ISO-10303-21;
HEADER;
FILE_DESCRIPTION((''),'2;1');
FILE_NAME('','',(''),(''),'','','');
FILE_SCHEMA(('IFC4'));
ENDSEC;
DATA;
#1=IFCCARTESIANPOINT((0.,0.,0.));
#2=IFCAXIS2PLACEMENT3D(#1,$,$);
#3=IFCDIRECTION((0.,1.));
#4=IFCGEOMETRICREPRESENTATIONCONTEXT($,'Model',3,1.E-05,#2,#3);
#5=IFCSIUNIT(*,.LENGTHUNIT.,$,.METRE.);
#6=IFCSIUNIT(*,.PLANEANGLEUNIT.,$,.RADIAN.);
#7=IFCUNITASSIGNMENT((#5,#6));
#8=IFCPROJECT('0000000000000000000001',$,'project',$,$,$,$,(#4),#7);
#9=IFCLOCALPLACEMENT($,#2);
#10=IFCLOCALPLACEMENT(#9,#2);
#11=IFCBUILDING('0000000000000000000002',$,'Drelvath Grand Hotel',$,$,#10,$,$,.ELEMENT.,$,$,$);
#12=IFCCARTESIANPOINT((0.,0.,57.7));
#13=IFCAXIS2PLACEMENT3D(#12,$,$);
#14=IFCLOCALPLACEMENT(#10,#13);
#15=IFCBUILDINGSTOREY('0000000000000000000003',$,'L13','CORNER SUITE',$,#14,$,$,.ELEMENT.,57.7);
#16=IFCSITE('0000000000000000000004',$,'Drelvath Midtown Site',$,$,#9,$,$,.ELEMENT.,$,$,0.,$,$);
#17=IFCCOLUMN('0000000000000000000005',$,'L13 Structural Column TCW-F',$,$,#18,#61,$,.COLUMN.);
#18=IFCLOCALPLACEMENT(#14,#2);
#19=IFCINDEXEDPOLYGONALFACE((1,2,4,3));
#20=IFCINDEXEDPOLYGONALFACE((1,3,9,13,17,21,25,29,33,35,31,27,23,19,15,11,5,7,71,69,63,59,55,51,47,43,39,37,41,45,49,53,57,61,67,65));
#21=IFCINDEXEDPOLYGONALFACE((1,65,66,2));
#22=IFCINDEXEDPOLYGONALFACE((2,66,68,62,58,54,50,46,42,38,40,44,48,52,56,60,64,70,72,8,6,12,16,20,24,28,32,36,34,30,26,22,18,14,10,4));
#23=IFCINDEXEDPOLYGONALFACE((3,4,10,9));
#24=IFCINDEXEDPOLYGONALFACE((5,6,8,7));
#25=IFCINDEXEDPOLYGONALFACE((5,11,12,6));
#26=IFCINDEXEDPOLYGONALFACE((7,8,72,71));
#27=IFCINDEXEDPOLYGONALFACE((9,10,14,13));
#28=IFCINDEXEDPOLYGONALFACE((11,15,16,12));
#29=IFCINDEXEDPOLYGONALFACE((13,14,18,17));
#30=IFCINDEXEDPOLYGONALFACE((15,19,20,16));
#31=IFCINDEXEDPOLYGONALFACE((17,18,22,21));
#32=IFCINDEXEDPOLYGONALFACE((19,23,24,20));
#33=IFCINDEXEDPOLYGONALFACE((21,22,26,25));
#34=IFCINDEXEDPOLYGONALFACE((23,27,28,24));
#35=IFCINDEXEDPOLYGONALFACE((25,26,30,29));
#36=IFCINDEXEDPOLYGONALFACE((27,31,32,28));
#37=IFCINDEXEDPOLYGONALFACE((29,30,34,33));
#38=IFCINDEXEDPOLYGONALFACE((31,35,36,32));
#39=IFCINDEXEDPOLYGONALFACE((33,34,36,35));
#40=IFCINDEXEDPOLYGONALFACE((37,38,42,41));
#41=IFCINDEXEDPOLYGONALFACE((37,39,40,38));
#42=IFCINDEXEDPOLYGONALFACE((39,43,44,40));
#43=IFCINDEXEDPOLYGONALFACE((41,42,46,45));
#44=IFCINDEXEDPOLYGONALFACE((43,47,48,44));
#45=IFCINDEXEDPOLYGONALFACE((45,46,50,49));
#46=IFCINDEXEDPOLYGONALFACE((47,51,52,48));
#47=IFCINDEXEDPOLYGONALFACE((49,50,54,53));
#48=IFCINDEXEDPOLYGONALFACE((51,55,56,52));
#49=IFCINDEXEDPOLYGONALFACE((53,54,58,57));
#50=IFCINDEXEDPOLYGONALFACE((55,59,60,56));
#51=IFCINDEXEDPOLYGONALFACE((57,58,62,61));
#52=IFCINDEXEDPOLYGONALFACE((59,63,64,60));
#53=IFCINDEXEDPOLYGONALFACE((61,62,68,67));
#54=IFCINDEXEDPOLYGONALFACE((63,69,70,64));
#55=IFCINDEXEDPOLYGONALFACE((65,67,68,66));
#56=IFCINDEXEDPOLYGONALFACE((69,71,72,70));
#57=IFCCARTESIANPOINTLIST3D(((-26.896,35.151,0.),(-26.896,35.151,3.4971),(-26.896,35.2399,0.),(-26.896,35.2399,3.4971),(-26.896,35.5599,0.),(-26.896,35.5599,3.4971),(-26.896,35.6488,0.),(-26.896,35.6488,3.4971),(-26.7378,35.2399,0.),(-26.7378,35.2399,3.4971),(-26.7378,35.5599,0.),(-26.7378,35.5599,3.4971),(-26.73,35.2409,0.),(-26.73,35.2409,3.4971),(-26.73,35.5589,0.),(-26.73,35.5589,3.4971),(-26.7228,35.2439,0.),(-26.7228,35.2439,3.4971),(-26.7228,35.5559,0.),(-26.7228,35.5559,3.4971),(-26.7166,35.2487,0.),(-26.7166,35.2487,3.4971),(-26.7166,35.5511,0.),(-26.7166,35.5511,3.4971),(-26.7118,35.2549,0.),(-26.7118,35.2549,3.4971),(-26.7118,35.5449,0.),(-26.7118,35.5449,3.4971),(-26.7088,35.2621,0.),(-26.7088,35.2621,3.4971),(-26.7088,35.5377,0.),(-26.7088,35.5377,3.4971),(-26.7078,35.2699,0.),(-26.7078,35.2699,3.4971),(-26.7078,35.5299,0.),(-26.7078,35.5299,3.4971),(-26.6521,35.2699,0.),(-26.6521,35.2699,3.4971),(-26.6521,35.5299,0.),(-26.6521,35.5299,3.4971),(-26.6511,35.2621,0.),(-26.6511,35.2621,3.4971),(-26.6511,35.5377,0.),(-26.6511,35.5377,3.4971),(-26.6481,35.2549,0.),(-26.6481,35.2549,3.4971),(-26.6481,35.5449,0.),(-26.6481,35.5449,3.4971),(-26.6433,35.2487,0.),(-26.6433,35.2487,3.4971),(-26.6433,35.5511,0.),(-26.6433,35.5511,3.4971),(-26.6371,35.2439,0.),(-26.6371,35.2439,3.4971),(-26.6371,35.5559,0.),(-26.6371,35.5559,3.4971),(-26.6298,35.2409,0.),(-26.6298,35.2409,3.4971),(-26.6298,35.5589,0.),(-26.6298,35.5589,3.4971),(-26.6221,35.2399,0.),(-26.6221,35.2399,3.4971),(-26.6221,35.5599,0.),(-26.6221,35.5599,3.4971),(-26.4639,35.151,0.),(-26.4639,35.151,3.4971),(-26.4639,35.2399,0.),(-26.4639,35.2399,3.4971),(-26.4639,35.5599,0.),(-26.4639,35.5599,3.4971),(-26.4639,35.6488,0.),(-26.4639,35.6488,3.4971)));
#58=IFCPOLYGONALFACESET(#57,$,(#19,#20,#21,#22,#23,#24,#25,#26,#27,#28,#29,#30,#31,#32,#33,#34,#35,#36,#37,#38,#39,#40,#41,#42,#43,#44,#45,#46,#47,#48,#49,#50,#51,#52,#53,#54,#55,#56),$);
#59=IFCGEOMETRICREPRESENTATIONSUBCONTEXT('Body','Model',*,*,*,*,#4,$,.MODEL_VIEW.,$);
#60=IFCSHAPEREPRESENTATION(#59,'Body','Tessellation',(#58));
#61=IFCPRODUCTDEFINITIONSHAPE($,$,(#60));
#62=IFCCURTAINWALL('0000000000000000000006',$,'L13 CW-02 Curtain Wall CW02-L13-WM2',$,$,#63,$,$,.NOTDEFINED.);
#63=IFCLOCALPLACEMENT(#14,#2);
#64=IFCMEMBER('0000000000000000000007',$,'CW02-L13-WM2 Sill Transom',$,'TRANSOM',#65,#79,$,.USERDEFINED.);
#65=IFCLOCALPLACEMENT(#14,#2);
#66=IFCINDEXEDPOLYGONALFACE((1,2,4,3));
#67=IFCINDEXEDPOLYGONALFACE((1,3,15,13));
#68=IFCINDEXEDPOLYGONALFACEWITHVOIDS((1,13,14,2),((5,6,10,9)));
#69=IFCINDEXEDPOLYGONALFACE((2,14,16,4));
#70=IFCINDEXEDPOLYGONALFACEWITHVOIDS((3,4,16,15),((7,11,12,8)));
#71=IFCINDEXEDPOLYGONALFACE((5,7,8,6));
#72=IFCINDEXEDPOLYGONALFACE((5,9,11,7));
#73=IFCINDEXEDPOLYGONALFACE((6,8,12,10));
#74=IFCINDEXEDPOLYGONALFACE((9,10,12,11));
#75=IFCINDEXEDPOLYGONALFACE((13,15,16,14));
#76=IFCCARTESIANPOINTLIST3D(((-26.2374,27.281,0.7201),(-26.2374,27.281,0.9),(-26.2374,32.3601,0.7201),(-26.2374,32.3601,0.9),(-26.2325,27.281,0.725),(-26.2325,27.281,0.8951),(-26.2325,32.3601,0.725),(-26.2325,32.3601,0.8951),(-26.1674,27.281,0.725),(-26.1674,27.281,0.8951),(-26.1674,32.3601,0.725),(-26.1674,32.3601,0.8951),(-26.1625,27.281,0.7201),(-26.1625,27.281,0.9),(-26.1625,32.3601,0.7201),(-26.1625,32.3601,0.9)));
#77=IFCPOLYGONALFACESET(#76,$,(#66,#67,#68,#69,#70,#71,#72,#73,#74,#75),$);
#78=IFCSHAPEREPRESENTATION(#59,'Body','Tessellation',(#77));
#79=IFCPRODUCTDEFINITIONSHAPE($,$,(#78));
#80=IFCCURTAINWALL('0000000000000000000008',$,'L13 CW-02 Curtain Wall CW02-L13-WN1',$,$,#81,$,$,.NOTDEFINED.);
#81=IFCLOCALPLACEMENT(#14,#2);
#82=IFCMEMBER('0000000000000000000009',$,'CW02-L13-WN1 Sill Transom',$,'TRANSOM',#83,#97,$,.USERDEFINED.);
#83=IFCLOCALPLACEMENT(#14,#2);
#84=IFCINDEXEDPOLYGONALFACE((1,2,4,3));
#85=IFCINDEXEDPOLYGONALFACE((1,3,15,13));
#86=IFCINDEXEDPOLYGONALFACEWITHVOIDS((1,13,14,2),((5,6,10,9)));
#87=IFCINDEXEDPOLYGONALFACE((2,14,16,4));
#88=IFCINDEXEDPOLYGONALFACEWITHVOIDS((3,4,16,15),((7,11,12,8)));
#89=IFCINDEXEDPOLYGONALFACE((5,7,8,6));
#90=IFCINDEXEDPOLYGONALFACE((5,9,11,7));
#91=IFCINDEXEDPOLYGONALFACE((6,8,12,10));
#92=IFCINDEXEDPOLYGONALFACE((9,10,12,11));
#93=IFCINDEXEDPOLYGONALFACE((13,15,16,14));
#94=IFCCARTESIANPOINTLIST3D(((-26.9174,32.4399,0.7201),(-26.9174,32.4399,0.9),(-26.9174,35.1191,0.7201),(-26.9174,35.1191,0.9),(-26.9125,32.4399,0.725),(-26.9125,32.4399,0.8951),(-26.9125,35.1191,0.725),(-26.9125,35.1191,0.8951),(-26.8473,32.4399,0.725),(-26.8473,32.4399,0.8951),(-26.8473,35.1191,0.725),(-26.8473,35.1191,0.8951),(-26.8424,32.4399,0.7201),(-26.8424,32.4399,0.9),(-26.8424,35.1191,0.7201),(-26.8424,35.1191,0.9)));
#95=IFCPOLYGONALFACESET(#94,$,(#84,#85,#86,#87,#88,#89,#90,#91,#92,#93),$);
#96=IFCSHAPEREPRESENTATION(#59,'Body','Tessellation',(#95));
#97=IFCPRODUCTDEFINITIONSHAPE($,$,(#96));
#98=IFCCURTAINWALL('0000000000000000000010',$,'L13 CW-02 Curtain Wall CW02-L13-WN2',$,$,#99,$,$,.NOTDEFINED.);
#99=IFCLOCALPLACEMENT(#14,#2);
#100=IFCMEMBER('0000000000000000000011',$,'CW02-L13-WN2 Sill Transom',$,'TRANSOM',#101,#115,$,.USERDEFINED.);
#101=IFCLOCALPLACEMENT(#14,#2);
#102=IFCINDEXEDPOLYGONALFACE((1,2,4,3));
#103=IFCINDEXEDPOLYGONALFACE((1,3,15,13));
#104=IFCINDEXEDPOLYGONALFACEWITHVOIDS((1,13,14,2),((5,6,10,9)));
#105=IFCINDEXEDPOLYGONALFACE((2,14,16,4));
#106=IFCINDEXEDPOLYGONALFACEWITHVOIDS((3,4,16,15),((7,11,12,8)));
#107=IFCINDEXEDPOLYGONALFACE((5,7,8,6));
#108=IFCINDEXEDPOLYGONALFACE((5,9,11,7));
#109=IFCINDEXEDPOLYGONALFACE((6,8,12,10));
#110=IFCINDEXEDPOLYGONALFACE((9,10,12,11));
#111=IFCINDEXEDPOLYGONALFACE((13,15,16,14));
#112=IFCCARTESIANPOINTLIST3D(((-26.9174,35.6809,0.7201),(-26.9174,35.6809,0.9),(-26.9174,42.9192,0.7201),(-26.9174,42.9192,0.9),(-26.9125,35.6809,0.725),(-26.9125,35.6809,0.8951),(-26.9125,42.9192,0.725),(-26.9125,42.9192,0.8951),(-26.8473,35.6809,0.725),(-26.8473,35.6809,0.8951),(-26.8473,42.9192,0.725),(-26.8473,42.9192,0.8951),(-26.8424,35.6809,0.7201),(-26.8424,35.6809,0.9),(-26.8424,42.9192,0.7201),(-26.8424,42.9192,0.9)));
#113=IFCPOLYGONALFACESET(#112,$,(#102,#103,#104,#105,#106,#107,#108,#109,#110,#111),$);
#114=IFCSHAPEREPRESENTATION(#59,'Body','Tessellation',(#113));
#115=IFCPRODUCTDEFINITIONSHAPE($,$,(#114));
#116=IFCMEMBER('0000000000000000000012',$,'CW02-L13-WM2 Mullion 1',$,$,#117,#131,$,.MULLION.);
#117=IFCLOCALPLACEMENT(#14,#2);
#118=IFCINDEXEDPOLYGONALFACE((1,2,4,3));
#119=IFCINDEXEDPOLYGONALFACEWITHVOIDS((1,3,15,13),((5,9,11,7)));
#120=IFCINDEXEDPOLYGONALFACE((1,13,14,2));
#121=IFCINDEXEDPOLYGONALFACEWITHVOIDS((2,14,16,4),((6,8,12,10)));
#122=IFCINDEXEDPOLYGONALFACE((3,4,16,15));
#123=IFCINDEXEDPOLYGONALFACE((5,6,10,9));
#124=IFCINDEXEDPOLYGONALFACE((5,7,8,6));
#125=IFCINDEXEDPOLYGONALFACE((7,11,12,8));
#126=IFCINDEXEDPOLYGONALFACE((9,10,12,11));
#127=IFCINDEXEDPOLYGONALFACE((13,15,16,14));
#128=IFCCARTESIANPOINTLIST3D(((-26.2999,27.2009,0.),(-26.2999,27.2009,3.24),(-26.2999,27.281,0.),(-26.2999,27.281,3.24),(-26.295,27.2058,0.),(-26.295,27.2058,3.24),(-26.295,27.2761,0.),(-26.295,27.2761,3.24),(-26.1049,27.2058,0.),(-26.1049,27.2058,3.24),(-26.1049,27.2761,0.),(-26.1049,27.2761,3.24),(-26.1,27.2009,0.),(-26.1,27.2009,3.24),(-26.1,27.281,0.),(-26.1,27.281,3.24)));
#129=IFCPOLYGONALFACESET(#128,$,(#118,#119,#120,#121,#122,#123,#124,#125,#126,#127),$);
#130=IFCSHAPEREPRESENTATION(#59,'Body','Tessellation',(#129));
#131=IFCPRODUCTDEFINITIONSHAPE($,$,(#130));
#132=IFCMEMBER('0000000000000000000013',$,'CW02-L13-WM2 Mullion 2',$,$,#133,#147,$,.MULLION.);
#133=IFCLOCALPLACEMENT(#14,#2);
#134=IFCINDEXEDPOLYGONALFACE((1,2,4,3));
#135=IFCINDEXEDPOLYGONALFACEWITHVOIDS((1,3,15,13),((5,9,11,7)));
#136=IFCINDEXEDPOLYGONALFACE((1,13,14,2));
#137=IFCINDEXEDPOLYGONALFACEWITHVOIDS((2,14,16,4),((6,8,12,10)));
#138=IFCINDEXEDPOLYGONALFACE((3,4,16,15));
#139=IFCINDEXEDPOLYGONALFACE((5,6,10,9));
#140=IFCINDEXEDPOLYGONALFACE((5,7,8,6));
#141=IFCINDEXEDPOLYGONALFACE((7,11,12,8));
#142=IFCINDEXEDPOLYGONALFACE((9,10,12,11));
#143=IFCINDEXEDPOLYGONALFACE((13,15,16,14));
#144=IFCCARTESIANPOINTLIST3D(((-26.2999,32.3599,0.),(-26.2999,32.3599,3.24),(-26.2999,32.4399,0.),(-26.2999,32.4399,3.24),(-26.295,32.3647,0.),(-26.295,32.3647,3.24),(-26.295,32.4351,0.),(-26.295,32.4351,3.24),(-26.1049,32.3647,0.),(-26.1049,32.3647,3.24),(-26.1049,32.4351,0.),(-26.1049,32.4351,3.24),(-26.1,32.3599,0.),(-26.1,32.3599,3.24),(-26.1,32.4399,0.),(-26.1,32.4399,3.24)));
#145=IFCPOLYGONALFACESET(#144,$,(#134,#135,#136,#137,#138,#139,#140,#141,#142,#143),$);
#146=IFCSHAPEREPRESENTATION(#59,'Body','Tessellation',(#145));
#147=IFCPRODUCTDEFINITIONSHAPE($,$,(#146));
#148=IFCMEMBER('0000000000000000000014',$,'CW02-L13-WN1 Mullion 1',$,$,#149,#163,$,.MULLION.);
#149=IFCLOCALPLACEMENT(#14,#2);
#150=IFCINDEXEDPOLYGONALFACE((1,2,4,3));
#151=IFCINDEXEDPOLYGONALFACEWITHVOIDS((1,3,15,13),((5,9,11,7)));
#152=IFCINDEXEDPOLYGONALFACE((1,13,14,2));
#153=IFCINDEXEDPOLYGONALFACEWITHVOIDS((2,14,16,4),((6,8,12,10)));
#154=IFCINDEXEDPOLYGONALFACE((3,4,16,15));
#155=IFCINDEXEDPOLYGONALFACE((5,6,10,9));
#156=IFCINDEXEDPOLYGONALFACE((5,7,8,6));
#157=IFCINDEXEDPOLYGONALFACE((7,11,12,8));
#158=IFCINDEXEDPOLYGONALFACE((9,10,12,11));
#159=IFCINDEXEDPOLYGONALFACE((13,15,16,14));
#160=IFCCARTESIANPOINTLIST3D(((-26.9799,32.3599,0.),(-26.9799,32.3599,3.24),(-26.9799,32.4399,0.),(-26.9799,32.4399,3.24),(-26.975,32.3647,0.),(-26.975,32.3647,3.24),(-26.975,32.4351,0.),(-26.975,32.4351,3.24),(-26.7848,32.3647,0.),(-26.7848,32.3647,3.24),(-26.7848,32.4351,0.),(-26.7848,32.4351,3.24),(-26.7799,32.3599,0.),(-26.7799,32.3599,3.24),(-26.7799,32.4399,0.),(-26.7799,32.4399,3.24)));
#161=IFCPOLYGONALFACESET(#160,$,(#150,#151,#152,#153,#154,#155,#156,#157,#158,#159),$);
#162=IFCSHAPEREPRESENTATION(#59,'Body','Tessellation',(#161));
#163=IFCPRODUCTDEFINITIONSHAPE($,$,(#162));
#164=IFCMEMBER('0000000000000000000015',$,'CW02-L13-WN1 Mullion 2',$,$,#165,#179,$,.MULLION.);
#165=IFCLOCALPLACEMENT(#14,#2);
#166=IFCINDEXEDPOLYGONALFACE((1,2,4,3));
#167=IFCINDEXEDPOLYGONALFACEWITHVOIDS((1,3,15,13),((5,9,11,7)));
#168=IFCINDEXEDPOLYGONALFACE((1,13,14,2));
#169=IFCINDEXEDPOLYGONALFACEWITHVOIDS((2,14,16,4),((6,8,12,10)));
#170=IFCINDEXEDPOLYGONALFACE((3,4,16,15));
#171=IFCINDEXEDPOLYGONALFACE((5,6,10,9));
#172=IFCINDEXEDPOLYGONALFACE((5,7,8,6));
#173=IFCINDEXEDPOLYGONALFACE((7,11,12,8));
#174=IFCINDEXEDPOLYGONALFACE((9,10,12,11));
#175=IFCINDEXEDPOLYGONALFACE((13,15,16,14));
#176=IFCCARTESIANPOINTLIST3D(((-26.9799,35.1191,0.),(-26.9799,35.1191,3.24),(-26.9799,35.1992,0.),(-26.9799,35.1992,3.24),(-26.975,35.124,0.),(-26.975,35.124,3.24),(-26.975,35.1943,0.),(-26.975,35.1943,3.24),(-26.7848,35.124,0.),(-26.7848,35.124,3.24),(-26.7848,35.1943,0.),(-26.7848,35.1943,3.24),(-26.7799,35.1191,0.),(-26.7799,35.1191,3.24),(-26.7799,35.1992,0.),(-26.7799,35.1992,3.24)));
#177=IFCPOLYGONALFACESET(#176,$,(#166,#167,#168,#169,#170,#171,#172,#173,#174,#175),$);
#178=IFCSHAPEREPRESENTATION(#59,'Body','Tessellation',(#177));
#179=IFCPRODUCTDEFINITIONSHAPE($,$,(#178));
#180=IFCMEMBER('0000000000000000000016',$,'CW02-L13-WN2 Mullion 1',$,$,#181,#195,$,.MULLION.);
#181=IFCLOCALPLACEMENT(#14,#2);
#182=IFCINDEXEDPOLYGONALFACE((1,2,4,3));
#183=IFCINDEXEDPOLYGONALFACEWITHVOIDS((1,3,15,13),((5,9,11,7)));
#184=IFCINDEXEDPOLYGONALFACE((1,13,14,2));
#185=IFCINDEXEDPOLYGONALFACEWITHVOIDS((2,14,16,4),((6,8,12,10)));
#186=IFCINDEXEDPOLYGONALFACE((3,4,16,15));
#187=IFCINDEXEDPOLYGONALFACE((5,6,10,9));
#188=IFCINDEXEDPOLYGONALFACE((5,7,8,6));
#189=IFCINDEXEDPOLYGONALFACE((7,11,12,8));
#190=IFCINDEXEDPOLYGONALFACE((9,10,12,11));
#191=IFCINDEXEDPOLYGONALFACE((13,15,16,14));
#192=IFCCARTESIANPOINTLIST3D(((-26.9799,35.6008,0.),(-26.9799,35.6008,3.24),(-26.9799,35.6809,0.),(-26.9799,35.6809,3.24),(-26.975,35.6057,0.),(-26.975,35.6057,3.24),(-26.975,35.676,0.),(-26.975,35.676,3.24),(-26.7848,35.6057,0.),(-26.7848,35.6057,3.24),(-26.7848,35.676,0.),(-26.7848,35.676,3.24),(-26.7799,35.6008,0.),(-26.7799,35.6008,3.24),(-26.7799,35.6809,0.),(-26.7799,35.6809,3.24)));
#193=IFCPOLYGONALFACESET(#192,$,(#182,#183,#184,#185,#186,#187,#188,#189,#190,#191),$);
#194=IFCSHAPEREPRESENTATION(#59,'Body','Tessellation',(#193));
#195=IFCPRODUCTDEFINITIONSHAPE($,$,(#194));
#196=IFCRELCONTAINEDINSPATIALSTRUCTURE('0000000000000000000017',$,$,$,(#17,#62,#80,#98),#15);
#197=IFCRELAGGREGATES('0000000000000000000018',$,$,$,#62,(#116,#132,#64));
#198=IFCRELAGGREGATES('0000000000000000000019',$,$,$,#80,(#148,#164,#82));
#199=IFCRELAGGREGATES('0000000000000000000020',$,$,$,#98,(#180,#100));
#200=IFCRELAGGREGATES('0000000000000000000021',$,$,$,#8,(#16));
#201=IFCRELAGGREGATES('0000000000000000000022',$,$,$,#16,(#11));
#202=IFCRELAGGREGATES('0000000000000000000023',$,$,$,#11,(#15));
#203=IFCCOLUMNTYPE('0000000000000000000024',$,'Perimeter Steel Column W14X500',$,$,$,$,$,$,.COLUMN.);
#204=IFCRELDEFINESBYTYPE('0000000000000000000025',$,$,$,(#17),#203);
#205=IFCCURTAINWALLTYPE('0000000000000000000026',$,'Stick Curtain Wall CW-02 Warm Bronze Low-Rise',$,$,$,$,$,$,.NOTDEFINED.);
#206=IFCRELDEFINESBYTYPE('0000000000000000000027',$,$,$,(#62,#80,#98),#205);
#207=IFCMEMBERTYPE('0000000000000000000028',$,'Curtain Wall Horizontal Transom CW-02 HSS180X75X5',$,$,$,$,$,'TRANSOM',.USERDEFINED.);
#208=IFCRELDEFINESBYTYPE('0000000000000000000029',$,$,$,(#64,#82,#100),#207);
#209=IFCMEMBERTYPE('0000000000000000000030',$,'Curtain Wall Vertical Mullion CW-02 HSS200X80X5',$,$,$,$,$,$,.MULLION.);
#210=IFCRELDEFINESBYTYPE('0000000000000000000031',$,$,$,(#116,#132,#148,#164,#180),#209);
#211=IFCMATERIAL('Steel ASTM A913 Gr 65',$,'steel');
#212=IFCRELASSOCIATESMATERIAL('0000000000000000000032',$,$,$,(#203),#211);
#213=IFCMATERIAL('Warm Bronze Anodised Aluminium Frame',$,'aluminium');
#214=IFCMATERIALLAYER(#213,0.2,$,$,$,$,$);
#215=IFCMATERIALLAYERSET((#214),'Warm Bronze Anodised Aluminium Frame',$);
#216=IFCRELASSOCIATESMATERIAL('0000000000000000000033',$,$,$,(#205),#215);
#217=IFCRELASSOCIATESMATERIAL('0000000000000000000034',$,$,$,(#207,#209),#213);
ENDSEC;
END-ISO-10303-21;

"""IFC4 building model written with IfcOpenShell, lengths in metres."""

from ifc_helpers import new_model, si_unit, direction, frame, origin, origin_2d, place, context, subcontext, project, spatial, hollow_rectangle, i_section, extrude, material, layer, layer_set, material_profile, profile_set, type_object, element, aggregate, save


model = new_model("IFC4")

# Units and contexts
model_context = context("Model", 3, precision=1e-05, world=origin(), true_north=direction((0.0, 1.0)))
body_context = subcontext(model_context, "Body", "Model", "MODEL_VIEW")
ifc_project = project(units=[si_unit("LENGTHUNIT", "METRE"), si_unit("PLANEANGLEUNIT", "RADIAN")], contexts=[model_context])

# Site, building, storey
site_placement = place(None, origin())
site = spatial("IfcSite", under=ifc_project, at=site_placement, Name="Drelvath Midtown Site", CompositionType="ELEMENT", RefElevation=0.0)
building_placement = place(site_placement, origin())
building = spatial("IfcBuilding", under=site, at=building_placement, Name="Drelvath Grand Hotel", CompositionType="ELEMENT")
storey_placement = place(building_placement, frame((0.0, 0.0, 57.7)))
storey = spatial("IfcBuildingStorey", under=building, at=storey_placement, Name="L13", Description="CORNER SUITE", CompositionType="ELEMENT", Elevation=57.7)

# Column
ifc_material_1 = material(Name="Steel ASTM A913 Gr 65", Category="steel")
ifc_material_profile_1 = material_profile(ifc_material_1, i_section(OverallWidth=0.4321, OverallDepth=0.4978, WebThickness=0.0557, FlangeThickness=0.0889, FilletRadius=0.03, at=origin_2d()), Name="W14X500")
ifc_profile_set_1 = profile_set([ifc_material_profile_1], Name="Steel ASTM A913 Gr 65")
column_type = type_object("IfcColumnType", Name="Perimeter Steel Column W14X500", PredefinedType="COLUMN", material=ifc_profile_set_1)
column_placement = place(storey_placement, frame((-26.6799, 35.3999, 0.0), z_axis=(0.0, 0.0, 1.0), x_axis=(1.0, 0.0, 0.0)))
element("IfcColumn", 1, at=column_placement, inside=storey, type_object=column_type, Name="L13 Structural Column TCW-F", PredefinedType="COLUMN", context=body_context, shape_type="SweptSolid", body=[
    extrude(i_section(OverallWidth=0.4321, OverallDepth=0.4978, WebThickness=0.0557, FlangeThickness=0.0889, FilletRadius=0.03, at=origin_2d()), origin(), (0.0, 0.0, 1.0), 3.4971),
])

# Curtain walls, members
ifc_material_2 = material(Name="Warm Bronze Anodised Aluminium Frame", Category="aluminium")
ifc_layer_1 = layer(ifc_material_2, 0.2)
ifc_layer_set_1 = layer_set([ifc_layer_1], Name="Warm Bronze Anodised Aluminium Frame")
curtain_wall_type = type_object("IfcCurtainWallType", Name="Stick Curtain Wall CW-02 Warm Bronze Low-Rise", PredefinedType="NOTDEFINED", material=ifc_layer_set_1)
curtain_wall_1_placement = place(storey_placement, origin())
curtain_wall_1 = element("IfcCurtainWall", 2, at=curtain_wall_1_placement, inside=storey, type_object=curtain_wall_type, Name="L13 CW-02 Curtain Wall CW02-L13-WM2", PredefinedType="NOTDEFINED")
ifc_material_profile_2 = material_profile(ifc_material_2, hollow_rectangle(XDim=0.075, YDim=0.1799, WallThickness=0.0049, at=origin_2d()), Name="HSS180X75X5")
ifc_profile_set_2 = profile_set([ifc_material_profile_2], Name="Warm Bronze Anodised Aluminium Frame")
member_type_1 = type_object("IfcMemberType", Name="Curtain Wall Horizontal Transom CW-02 HSS180X75X5", ElementType="TRANSOM", PredefinedType="USERDEFINED", material=ifc_profile_set_2)
member_1_placement = place(storey_placement, frame((-26.2, 27.281, 0.8101), z_axis=(0.0, 1.0, 0.0), x_axis=(-1.0, 0.0, 0.0)))
member_1 = element("IfcMember", 3, at=member_1_placement, type_object=member_type_1, Name="CW02-L13-WM2 Sill Transom", ObjectType="TRANSOM", PredefinedType="USERDEFINED", context=body_context, shape_type="SweptSolid", body=[
    extrude(hollow_rectangle(XDim=0.075, YDim=0.1799, WallThickness=0.0049, at=origin_2d()), origin(), (0.0, 0.0, 1.0), 5.0791),
])
curtain_wall_2_placement = place(storey_placement, origin())
curtain_wall_2 = element("IfcCurtainWall", 4, at=curtain_wall_2_placement, inside=storey, type_object=curtain_wall_type, Name="L13 CW-02 Curtain Wall CW02-L13-WN1", PredefinedType="NOTDEFINED")
member_2_placement = place(storey_placement, frame((-26.8799, 32.4399, 0.8101), z_axis=(0.0, 1.0, 0.0), x_axis=(-1.0, 0.0, 0.0)))
member_2 = element("IfcMember", 5, at=member_2_placement, type_object=member_type_1, Name="CW02-L13-WN1 Sill Transom", ObjectType="TRANSOM", PredefinedType="USERDEFINED", context=body_context, shape_type="SweptSolid", body=[
    extrude(hollow_rectangle(XDim=0.075, YDim=0.1799, WallThickness=0.0049, at=origin_2d()), origin(), (0.0, 0.0, 1.0), 2.6792),
])
curtain_wall_3_placement = place(storey_placement, origin())
curtain_wall_3 = element("IfcCurtainWall", 6, at=curtain_wall_3_placement, inside=storey, type_object=curtain_wall_type, Name="L13 CW-02 Curtain Wall CW02-L13-WN2", PredefinedType="NOTDEFINED")
member_3_placement = place(storey_placement, frame((-26.8799, 35.6809, 0.8101), z_axis=(0.0, 1.0, 0.0), x_axis=(-1.0, 0.0, 0.0)))
member_3 = element("IfcMember", 7, at=member_3_placement, type_object=member_type_1, Name="CW02-L13-WN2 Sill Transom", ObjectType="TRANSOM", PredefinedType="USERDEFINED", context=body_context, shape_type="SweptSolid", body=[
    extrude(hollow_rectangle(XDim=0.075, YDim=0.1799, WallThickness=0.0049, at=origin_2d()), origin(), (0.0, 0.0, 1.0), 7.2383),
])

# Members
ifc_material_profile_3 = material_profile(ifc_material_2, hollow_rectangle(XDim=0.0801, YDim=0.2, WallThickness=0.0049, at=origin_2d()), Name="HSS200X80X5")
ifc_profile_set_3 = profile_set([ifc_material_profile_3], Name="Warm Bronze Anodised Aluminium Frame")
member_type_2 = type_object("IfcMemberType", Name="Curtain Wall Vertical Mullion CW-02 HSS200X80X5", PredefinedType="MULLION", material=ifc_profile_set_3)
member_4_placement = place(storey_placement, frame((-26.2, 27.241, 0.0), z_axis=(0.0, 0.0, 1.0), x_axis=(0.0, 1.0, 0.0)))
member_4 = element("IfcMember", 8, at=member_4_placement, type_object=member_type_2, Name="CW02-L13-WM2 Mullion 1", PredefinedType="MULLION", context=body_context, shape_type="SweptSolid", body=[
    extrude(hollow_rectangle(XDim=0.0801, YDim=0.2, WallThickness=0.0049, at=origin_2d()), origin(), (0.0, 0.0, 1.0), 3.24),
])
member_5_placement = place(storey_placement, frame((-26.2, 32.3999, 0.0), z_axis=(0.0, 0.0, 1.0), x_axis=(0.0, 1.0, 0.0)))
member_5 = element("IfcMember", 9, at=member_5_placement, type_object=member_type_2, Name="CW02-L13-WM2 Mullion 2", PredefinedType="MULLION", context=body_context, shape_type="SweptSolid", body=[
    extrude(hollow_rectangle(XDim=0.0801, YDim=0.2, WallThickness=0.0049, at=origin_2d()), origin(), (0.0, 0.0, 1.0), 3.24),
])
member_6_placement = place(storey_placement, frame((-26.8799, 32.3999, 0.0), z_axis=(0.0, 0.0, 1.0), x_axis=(0.0, 1.0, 0.0)))
member_6 = element("IfcMember", 10, at=member_6_placement, type_object=member_type_2, Name="CW02-L13-WN1 Mullion 1", PredefinedType="MULLION", context=body_context, shape_type="SweptSolid", body=[
    extrude(hollow_rectangle(XDim=0.0801, YDim=0.2, WallThickness=0.0049, at=origin_2d()), origin(), (0.0, 0.0, 1.0), 3.24),
])
member_7_placement = place(storey_placement, frame((-26.8799, 35.1592, 0.0), z_axis=(0.0, 0.0, 1.0), x_axis=(0.0, 1.0, 0.0)))
member_7 = element("IfcMember", 11, at=member_7_placement, type_object=member_type_2, Name="CW02-L13-WN1 Mullion 2", PredefinedType="MULLION", context=body_context, shape_type="SweptSolid", body=[
    extrude(hollow_rectangle(XDim=0.0801, YDim=0.2, WallThickness=0.0049, at=origin_2d()), origin(), (0.0, 0.0, 1.0), 3.24),
])
member_8_placement = place(storey_placement, frame((-26.8799, 35.6409, 0.0), z_axis=(0.0, 0.0, 1.0), x_axis=(0.0, 1.0, 0.0)))
member_8 = element("IfcMember", 12, at=member_8_placement, type_object=member_type_2, Name="CW02-L13-WN2 Mullion 1", PredefinedType="MULLION", context=body_context, shape_type="SweptSolid", body=[
    extrude(hollow_rectangle(XDim=0.0801, YDim=0.2, WallThickness=0.0049, at=origin_2d()), origin(), (0.0, 0.0, 1.0), 3.24),
])

aggregate(curtain_wall_1, [member_4, member_5, member_1])
aggregate(curtain_wall_2, [member_6, member_7, member_2])
aggregate(curtain_wall_3, [member_8, member_3])

save(model, "model.ifc")
